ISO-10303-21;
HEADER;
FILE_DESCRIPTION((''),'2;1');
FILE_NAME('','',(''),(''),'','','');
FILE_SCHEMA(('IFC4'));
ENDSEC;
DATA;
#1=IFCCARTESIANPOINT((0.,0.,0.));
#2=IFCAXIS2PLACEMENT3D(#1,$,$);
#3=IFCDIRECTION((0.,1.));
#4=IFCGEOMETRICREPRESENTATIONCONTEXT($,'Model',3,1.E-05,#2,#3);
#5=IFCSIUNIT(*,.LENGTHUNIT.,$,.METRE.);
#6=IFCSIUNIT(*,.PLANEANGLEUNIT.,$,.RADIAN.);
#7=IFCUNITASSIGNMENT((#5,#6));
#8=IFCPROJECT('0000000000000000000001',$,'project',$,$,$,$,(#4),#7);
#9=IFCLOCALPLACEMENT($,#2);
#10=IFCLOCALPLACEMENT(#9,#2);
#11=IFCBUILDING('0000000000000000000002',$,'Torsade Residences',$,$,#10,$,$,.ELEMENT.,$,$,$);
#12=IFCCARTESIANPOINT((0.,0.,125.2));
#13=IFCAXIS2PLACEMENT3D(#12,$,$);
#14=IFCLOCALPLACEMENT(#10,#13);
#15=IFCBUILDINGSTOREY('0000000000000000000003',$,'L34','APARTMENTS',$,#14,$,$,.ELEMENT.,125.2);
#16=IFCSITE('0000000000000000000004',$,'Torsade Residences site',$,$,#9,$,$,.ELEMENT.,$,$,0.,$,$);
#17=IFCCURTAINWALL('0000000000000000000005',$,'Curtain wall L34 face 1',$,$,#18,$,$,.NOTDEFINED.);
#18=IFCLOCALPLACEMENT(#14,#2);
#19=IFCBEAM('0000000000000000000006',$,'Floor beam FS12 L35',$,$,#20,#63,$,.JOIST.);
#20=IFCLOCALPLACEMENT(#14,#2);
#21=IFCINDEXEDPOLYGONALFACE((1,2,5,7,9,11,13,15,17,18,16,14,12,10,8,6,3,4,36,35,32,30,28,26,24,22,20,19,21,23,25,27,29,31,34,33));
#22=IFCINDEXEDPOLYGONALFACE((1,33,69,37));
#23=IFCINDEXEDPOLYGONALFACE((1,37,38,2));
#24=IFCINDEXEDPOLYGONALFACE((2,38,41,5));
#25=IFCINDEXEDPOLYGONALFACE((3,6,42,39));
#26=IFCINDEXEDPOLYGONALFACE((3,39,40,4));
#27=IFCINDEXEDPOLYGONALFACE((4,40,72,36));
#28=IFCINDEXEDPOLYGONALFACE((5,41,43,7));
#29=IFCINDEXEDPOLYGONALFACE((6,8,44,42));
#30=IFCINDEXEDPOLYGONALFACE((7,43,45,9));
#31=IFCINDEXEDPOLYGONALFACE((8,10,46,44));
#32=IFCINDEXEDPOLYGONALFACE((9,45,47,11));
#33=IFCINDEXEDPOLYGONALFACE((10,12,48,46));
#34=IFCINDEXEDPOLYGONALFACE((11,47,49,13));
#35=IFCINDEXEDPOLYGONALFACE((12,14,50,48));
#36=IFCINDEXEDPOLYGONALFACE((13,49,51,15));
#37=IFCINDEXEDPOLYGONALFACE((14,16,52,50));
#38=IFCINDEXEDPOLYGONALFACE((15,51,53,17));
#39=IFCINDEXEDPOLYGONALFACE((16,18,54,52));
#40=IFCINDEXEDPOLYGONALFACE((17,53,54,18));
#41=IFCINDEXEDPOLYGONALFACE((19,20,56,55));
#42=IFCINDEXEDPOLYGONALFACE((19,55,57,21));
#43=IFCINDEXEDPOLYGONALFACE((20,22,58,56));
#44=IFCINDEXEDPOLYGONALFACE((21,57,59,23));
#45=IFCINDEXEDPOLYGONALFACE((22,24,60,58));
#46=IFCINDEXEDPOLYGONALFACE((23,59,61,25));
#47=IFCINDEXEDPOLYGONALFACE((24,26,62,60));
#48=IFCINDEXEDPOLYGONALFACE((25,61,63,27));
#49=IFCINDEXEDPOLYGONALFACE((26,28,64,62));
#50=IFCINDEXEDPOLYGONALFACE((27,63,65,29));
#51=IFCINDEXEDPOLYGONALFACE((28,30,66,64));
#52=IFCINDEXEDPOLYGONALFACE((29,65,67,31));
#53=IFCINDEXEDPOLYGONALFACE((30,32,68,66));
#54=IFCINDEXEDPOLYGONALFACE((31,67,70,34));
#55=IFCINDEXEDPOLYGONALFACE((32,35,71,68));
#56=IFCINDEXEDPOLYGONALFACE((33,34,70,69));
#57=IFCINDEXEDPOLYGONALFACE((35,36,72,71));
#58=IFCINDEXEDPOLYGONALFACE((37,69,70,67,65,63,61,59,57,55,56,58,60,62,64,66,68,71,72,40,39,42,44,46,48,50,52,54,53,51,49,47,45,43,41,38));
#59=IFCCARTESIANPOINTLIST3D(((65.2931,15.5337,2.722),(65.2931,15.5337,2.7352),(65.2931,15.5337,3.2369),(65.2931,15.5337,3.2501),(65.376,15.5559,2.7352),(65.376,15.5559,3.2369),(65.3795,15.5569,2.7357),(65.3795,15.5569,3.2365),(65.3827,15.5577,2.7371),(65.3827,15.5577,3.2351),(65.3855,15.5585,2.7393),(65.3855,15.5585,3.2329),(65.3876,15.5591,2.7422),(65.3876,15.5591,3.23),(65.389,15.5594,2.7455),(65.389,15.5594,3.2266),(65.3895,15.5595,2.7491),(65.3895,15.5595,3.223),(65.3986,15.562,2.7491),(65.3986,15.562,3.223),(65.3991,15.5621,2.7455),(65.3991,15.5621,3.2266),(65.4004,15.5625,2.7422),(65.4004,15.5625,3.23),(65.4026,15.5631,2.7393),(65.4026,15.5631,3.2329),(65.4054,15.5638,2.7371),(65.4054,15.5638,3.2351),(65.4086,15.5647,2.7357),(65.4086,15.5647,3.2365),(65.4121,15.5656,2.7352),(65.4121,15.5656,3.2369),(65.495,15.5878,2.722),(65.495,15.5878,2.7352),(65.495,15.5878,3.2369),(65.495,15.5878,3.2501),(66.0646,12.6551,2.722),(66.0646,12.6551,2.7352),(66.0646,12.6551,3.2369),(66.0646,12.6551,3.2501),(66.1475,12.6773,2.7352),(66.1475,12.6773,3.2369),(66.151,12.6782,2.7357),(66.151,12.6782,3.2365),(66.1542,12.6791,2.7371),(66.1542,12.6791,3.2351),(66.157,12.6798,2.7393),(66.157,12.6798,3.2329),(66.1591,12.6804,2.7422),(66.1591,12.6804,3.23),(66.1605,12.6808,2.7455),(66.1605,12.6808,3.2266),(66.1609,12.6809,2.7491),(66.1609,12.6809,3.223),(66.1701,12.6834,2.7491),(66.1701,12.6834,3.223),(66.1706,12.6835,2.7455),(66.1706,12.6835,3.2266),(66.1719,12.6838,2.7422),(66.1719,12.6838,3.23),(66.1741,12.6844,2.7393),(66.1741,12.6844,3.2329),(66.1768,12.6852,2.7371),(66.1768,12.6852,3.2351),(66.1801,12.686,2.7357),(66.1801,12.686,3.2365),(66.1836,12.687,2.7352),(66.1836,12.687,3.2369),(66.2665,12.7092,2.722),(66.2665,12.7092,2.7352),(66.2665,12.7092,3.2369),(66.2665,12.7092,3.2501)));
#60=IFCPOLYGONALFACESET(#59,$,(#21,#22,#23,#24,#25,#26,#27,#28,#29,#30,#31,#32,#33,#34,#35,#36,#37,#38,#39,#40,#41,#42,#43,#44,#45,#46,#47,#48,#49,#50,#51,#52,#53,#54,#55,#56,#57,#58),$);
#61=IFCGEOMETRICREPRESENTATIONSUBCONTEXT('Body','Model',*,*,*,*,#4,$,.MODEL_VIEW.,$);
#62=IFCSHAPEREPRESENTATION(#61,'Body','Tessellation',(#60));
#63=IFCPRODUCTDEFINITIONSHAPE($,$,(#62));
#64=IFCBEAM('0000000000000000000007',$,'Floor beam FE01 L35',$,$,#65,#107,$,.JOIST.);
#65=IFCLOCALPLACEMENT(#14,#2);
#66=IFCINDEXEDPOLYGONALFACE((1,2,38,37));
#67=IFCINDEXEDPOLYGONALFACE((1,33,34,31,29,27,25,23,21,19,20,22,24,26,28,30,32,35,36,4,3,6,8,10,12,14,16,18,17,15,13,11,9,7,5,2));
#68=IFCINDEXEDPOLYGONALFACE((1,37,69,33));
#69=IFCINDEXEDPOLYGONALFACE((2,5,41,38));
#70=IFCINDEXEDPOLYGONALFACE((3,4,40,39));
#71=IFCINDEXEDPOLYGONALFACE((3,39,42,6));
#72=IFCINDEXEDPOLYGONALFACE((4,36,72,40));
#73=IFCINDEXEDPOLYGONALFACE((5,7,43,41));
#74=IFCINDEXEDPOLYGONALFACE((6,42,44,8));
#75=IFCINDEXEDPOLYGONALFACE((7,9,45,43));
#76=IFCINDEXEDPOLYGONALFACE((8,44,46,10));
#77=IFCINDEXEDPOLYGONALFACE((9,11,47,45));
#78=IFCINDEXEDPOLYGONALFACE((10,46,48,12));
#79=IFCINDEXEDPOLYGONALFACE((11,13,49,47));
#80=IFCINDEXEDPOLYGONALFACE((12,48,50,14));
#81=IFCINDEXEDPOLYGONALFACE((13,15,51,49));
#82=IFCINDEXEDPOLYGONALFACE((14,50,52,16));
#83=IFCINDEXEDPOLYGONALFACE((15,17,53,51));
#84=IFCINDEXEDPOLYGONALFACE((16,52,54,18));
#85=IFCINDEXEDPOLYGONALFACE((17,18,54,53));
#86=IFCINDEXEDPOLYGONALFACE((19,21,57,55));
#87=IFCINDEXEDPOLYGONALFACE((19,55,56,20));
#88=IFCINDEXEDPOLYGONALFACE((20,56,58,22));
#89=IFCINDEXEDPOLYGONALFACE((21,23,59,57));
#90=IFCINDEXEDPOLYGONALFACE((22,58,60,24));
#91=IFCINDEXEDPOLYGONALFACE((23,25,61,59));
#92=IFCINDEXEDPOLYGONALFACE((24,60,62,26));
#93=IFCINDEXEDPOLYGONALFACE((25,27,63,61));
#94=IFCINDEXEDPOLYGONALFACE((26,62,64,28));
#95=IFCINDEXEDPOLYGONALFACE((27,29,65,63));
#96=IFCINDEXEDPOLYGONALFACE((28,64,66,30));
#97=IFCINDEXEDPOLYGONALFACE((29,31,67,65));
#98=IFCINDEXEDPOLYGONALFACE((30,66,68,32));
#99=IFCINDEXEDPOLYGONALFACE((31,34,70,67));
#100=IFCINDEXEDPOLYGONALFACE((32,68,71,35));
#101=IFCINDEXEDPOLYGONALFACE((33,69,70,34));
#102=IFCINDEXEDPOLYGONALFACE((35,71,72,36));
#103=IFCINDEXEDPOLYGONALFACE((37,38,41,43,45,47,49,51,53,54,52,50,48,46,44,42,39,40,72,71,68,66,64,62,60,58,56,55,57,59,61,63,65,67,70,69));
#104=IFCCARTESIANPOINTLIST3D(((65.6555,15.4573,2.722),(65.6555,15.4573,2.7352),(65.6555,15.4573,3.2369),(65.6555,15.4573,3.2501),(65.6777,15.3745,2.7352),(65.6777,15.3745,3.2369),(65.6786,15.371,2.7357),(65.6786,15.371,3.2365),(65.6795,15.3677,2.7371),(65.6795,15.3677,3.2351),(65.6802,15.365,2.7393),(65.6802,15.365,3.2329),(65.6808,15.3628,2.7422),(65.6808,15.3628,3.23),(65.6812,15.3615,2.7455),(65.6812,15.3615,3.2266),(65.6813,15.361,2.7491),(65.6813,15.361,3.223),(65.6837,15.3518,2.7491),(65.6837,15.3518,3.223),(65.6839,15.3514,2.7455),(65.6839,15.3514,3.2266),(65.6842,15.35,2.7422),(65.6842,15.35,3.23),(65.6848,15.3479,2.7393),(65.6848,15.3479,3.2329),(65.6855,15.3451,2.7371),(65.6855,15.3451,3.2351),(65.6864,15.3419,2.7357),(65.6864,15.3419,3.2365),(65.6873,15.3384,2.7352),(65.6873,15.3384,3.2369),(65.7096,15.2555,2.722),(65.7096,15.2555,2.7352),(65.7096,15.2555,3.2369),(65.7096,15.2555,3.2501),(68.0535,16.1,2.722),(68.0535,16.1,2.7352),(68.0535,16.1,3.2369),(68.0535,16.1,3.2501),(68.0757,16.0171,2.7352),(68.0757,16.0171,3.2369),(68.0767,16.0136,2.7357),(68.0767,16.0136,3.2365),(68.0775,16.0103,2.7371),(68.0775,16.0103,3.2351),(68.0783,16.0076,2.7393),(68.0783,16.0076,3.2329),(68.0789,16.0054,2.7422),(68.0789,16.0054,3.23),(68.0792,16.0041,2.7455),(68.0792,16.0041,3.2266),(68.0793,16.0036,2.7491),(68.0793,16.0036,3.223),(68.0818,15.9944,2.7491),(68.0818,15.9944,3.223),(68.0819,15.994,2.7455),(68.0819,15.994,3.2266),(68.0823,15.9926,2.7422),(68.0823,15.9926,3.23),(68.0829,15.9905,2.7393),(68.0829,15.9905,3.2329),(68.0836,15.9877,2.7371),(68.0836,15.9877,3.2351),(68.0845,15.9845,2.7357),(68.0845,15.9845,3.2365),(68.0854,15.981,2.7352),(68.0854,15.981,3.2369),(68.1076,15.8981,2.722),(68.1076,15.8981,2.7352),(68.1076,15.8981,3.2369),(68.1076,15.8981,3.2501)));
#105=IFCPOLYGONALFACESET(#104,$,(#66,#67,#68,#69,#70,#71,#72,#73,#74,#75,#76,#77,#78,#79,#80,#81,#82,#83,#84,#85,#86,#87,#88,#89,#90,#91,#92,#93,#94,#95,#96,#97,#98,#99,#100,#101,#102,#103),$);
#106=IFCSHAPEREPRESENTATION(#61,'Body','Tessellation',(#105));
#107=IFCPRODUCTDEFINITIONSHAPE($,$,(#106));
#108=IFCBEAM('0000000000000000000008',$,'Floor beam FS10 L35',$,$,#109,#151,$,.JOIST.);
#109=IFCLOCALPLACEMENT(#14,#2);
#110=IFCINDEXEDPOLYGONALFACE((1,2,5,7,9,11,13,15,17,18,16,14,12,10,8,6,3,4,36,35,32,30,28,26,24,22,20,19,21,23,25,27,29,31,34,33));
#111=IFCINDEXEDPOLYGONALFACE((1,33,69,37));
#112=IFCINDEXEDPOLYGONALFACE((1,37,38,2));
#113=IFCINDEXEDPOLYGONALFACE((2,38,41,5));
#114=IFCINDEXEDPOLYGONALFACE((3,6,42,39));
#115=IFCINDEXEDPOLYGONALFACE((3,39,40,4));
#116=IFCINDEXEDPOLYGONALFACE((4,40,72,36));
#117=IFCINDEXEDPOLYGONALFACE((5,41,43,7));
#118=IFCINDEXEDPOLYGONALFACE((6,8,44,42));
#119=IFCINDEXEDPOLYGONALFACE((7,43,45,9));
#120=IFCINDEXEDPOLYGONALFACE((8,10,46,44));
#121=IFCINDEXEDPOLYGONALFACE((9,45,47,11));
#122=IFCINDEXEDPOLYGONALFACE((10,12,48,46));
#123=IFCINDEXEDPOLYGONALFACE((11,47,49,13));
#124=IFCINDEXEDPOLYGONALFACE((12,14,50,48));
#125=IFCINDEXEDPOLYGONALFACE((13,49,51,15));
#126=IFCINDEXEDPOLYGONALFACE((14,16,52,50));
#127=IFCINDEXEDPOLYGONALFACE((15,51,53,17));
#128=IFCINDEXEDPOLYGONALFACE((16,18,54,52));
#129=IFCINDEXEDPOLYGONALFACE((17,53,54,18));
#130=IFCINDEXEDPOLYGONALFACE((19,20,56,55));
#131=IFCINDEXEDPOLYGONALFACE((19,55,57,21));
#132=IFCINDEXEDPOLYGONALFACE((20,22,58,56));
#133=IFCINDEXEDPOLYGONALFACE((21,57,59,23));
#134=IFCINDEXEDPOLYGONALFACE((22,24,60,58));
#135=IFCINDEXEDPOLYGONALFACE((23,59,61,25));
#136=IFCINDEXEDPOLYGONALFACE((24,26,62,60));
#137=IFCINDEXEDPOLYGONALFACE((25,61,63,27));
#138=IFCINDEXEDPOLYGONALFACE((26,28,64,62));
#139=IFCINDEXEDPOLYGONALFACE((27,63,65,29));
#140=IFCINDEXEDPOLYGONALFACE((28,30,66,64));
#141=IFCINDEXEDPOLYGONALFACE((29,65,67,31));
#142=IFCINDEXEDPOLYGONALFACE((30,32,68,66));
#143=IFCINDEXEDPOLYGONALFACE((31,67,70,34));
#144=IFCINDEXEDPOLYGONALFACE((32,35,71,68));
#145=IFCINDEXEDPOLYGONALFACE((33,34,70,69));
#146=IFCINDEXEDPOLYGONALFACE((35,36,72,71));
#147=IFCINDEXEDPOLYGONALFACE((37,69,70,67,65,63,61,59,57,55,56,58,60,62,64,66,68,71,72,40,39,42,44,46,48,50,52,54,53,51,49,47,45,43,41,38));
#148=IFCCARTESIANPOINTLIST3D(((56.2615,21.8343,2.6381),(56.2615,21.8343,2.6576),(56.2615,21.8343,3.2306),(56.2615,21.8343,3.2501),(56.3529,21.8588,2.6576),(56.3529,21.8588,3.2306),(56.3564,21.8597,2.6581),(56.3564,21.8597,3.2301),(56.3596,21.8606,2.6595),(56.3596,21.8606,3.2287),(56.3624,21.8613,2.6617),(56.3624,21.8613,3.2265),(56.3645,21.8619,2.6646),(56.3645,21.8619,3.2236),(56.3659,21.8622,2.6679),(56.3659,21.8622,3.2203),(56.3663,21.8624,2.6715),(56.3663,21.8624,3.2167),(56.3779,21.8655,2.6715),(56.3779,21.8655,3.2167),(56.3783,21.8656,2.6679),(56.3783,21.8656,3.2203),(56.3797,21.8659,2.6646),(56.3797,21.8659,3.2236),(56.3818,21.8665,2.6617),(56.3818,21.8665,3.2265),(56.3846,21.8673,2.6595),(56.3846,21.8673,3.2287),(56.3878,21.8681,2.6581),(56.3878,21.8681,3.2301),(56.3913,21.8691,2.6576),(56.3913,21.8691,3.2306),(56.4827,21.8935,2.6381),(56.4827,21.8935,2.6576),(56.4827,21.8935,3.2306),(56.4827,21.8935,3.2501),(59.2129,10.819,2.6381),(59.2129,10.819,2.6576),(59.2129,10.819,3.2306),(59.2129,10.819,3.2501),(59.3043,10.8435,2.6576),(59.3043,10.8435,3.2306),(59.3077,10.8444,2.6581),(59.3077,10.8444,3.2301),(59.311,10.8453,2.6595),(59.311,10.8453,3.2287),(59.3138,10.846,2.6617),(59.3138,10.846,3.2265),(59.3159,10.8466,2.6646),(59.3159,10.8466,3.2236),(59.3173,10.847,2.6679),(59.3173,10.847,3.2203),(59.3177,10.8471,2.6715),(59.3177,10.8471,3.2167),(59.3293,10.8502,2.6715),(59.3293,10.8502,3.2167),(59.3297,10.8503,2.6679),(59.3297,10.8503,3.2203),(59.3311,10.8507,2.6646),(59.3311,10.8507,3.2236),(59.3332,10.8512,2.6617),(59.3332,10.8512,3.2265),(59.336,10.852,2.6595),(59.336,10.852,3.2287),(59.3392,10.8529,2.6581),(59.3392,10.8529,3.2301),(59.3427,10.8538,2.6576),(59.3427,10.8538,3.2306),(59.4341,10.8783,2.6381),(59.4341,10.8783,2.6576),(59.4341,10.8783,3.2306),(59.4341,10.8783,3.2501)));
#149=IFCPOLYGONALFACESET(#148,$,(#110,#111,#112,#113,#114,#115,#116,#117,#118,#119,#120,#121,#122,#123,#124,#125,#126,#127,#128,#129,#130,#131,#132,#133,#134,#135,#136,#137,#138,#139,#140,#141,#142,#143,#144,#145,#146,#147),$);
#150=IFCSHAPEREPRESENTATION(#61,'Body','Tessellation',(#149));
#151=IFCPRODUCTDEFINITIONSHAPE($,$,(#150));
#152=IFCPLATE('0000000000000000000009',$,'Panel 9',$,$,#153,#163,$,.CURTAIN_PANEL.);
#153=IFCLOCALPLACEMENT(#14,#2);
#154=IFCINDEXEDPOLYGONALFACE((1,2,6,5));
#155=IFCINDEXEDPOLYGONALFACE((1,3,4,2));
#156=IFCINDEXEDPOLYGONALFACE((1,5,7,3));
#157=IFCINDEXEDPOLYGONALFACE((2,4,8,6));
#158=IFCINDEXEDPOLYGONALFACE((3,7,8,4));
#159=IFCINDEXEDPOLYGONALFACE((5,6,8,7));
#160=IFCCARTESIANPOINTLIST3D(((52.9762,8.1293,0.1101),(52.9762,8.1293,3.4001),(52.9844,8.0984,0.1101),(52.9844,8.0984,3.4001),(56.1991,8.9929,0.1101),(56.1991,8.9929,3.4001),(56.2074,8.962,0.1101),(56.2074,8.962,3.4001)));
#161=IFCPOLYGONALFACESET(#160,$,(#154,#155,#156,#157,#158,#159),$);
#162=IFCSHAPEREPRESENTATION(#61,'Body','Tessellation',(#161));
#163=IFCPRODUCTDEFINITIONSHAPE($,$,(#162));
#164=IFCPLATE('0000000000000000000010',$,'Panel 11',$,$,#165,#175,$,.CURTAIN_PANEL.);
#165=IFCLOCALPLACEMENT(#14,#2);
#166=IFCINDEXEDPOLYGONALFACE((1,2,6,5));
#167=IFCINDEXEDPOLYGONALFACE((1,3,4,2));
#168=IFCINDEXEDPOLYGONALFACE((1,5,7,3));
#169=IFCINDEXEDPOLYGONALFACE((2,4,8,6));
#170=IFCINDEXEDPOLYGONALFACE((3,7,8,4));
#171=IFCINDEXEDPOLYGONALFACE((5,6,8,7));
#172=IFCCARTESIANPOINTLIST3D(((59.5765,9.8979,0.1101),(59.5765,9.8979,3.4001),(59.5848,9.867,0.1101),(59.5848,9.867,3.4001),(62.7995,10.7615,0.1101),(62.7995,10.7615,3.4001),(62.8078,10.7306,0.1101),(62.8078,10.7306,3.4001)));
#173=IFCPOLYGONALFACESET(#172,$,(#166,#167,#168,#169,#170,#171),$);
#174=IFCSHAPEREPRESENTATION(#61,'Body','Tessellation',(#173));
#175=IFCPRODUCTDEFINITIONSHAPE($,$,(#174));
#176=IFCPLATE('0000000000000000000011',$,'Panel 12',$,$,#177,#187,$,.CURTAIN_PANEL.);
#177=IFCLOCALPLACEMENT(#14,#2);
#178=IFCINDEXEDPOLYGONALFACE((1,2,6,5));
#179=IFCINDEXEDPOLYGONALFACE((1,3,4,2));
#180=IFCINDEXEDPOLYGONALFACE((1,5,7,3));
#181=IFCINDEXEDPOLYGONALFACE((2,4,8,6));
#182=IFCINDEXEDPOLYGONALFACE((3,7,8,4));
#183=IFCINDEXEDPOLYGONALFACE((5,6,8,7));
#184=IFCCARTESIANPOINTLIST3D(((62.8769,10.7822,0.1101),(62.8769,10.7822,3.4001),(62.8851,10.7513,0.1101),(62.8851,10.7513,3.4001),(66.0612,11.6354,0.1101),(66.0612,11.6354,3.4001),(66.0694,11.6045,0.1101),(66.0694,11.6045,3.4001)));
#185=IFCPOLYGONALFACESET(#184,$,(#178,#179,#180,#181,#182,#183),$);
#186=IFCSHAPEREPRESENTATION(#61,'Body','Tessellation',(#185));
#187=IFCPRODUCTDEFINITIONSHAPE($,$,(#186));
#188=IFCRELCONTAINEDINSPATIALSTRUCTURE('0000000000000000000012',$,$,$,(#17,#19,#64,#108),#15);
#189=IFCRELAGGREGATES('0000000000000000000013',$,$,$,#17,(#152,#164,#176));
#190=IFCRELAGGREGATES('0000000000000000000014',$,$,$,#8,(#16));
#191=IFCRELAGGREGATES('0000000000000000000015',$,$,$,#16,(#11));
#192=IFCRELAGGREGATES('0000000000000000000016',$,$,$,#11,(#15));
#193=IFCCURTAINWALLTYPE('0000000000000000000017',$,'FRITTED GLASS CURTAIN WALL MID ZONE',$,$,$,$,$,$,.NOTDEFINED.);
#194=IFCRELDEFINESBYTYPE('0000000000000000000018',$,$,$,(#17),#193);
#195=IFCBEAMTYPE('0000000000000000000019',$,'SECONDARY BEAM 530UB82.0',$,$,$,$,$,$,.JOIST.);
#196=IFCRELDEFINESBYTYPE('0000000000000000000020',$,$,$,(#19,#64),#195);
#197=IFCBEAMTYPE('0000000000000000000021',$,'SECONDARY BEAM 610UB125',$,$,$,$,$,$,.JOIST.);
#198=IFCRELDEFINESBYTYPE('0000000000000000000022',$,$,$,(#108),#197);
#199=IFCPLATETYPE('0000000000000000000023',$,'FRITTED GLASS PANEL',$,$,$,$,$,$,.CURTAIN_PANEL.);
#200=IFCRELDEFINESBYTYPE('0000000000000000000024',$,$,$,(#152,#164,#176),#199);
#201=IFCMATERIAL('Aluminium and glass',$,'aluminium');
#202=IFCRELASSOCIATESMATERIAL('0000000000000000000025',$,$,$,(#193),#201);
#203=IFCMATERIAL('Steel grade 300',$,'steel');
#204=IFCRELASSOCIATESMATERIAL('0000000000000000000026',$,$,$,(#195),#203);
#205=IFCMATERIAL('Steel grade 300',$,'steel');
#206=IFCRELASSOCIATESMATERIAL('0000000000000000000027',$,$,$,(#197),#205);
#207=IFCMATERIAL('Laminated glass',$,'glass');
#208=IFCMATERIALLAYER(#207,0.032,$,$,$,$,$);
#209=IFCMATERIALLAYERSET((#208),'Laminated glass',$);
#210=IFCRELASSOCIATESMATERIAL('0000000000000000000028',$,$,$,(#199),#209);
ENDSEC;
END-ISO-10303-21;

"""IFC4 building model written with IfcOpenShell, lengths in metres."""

from ifc_helpers import new_model, si_unit, direction, frame, origin, origin_2d, place, context, subcontext, project, spatial, rectangle, i_section, extrude, material, layer, layer_set, material_profile, profile_set, type_object, element, aggregate, save


model = new_model("IFC4")

# Units and contexts
model_context = context("Model", 3, precision=1e-05, world=origin(), true_north=direction((0.0, 1.0)))
body_context = subcontext(model_context, "Body", "Model", "MODEL_VIEW")
ifc_project = project(units=[si_unit("LENGTHUNIT", "METRE"), si_unit("PLANEANGLEUNIT", "RADIAN")], contexts=[model_context])

# Site, building, storey
site_placement = place(None, origin())
site = spatial("IfcSite", under=ifc_project, at=site_placement, Name="Torsade Residences site", CompositionType="ELEMENT", RefElevation=0.0)
building_placement = place(site_placement, origin())
building = spatial("IfcBuilding", under=site, at=building_placement, Name="Torsade Residences", CompositionType="ELEMENT")
storey_placement = place(building_placement, frame((0.0, 0.0, 125.2)))
storey = spatial("IfcBuildingStorey", under=building, at=storey_placement, Name="L34", Description="APARTMENTS", CompositionType="ELEMENT", Elevation=125.2)

# Curtain wall
ifc_material_1 = material(Name="Aluminium and glass", Category="aluminium")
curtain_wall_type = type_object("IfcCurtainWallType", Name="FRITTED GLASS CURTAIN WALL MID ZONE", PredefinedType="NOTDEFINED", material=ifc_material_1)
curtain_wall_placement = place(storey_placement, origin())
curtain_wall = element("IfcCurtainWall", 1, at=curtain_wall_placement, inside=storey, type_object=curtain_wall_type, Name="Curtain wall L34 face 1", PredefinedType="NOTDEFINED")

# Beams
ifc_material_2 = material(Name="Steel grade 300", Category="steel")
ifc_material_profile_1 = material_profile(ifc_material_2, i_section(OverallWidth=0.209, OverallDepth=0.5281, WebThickness=0.0095, FlangeThickness=0.0132, FilletRadius=0.0139, at=origin_2d()), Name="530UB82.0")
ifc_profile_set_1 = profile_set([ifc_material_profile_1], Name="Steel grade 300")
beam_type_1 = type_object("IfcBeamType", Name="SECONDARY BEAM 530UB82.0", PredefinedType="JOIST", material=ifc_profile_set_1)
beam_1_placement = place(storey_placement, frame((66.1655, 12.6821, 2.9861), z_axis=(-0.258866, 0.965913, 0.0), x_axis=(-0.965913, -0.258866, 0.0)))
element("IfcBeam", 2, at=beam_1_placement, inside=storey, type_object=beam_type_1, Name="Floor beam FS12 L35", PredefinedType="JOIST", context=body_context, shape_type="SweptSolid", body=[
    extrude(i_section(OverallWidth=0.209, OverallDepth=0.5281, WebThickness=0.0095, FlangeThickness=0.0132, FilletRadius=0.0139, at=origin_2d()), origin(), (0.0, 0.0, 1.0), 2.9802),
])
beam_2_placement = place(storey_placement, frame((68.0806, 15.999, 2.9861), z_axis=(-0.965921, -0.258838, 0.0), x_axis=(0.258838, -0.965921, 0.0)))
element("IfcBeam", 3, at=beam_2_placement, inside=storey, type_object=beam_type_1, Name="Floor beam FE01 L35", PredefinedType="JOIST", context=body_context, shape_type="SweptSolid", body=[
    extrude(i_section(OverallWidth=0.209, OverallDepth=0.5281, WebThickness=0.0095, FlangeThickness=0.0132, FilletRadius=0.0139, at=origin_2d()), origin(), (0.0, 0.0, 1.0), 2.4827),
])
ifc_material_3 = material(Name="Steel grade 300", Category="steel")
ifc_material_profile_2 = material_profile(ifc_material_3, i_section(OverallWidth=0.229, OverallDepth=0.6121, WebThickness=0.012, FlangeThickness=0.0195, FilletRadius=0.0139, at=origin_2d()), Name="610UB125")
ifc_profile_set_2 = profile_set([ifc_material_profile_2], Name="Steel grade 300")
beam_type_2 = type_object("IfcBeamType", Name="SECONDARY BEAM 610UB125", PredefinedType="JOIST", material=ifc_profile_set_2)
beam_3_placement = place(storey_placement, frame((59.3235, 10.8486, 2.9441), z_axis=(-0.258807, 0.965929, 0.0), x_axis=(-0.965929, -0.258807, 0.0)))
element("IfcBeam", 4, at=beam_3_placement, inside=storey, type_object=beam_type_2, Name="Floor beam FS10 L35", PredefinedType="JOIST", context=body_context, shape_type="SweptSolid", body=[
    extrude(i_section(OverallWidth=0.229, OverallDepth=0.6121, WebThickness=0.012, FlangeThickness=0.0195, FilletRadius=0.0139, at=origin_2d()), origin(), (0.0, 0.0, 1.0), 11.4038),
])

# Plates
ifc_material_4 = material(Name="Laminated glass", Category="glass")
ifc_layer_1 = layer(ifc_material_4, 0.032)
ifc_layer_set_1 = layer_set([ifc_layer_1], Name="Laminated glass")
plate_type_1 = type_object("IfcPlateType", Name="FRITTED GLASS PANEL", PredefinedType="CURTAIN_PANEL", material=ifc_layer_set_1)
plate_1_placement = place(storey_placement, frame((54.5918, 8.5457, 0.1101), z_axis=(0.0, 0.0, 1.0), x_axis=(0.965926, 0.258819, 0.0)))
plate_1 = element("IfcPlate", 5, at=plate_1_placement, type_object=plate_type_1, Name="Panel 9", PredefinedType="CURTAIN_PANEL", context=body_context, shape_type="SweptSolid", body=[
    extrude(rectangle(XDim=3.3367, YDim=0.032, at=origin_2d()), origin(), (0.0, 0.0, 1.0), 3.29),
])
plate_2_placement = place(storey_placement, frame((61.1921, 10.3142, 0.1101), z_axis=(0.0, 0.0, 1.0), x_axis=(0.965926, 0.258819, 0.0)))
plate_2 = element("IfcPlate", 6, at=plate_2_placement, type_object=plate_type_1, Name="Panel 11", PredefinedType="CURTAIN_PANEL", context=body_context, shape_type="SweptSolid", body=[
    extrude(rectangle(XDim=3.3367, YDim=0.032, at=origin_2d()), origin(), (0.0, 0.0, 1.0), 3.29),
])
plate_3_placement = place(storey_placement, frame((64.4731, 11.1934, 0.1101), z_axis=(0.0, 0.0, 1.0), x_axis=(0.965926, 0.258819, 0.0)))
plate_3 = element("IfcPlate", 7, at=plate_3_placement, type_object=plate_type_1, Name="Panel 12", PredefinedType="CURTAIN_PANEL", context=body_context, shape_type="SweptSolid", body=[
    extrude(rectangle(XDim=3.2966, YDim=0.032, at=origin_2d()), origin(), (0.0, 0.0, 1.0), 3.29),
])
aggregate(curtain_wall, [plate_1, plate_2, plate_3])

save(model, "model.ifc")
